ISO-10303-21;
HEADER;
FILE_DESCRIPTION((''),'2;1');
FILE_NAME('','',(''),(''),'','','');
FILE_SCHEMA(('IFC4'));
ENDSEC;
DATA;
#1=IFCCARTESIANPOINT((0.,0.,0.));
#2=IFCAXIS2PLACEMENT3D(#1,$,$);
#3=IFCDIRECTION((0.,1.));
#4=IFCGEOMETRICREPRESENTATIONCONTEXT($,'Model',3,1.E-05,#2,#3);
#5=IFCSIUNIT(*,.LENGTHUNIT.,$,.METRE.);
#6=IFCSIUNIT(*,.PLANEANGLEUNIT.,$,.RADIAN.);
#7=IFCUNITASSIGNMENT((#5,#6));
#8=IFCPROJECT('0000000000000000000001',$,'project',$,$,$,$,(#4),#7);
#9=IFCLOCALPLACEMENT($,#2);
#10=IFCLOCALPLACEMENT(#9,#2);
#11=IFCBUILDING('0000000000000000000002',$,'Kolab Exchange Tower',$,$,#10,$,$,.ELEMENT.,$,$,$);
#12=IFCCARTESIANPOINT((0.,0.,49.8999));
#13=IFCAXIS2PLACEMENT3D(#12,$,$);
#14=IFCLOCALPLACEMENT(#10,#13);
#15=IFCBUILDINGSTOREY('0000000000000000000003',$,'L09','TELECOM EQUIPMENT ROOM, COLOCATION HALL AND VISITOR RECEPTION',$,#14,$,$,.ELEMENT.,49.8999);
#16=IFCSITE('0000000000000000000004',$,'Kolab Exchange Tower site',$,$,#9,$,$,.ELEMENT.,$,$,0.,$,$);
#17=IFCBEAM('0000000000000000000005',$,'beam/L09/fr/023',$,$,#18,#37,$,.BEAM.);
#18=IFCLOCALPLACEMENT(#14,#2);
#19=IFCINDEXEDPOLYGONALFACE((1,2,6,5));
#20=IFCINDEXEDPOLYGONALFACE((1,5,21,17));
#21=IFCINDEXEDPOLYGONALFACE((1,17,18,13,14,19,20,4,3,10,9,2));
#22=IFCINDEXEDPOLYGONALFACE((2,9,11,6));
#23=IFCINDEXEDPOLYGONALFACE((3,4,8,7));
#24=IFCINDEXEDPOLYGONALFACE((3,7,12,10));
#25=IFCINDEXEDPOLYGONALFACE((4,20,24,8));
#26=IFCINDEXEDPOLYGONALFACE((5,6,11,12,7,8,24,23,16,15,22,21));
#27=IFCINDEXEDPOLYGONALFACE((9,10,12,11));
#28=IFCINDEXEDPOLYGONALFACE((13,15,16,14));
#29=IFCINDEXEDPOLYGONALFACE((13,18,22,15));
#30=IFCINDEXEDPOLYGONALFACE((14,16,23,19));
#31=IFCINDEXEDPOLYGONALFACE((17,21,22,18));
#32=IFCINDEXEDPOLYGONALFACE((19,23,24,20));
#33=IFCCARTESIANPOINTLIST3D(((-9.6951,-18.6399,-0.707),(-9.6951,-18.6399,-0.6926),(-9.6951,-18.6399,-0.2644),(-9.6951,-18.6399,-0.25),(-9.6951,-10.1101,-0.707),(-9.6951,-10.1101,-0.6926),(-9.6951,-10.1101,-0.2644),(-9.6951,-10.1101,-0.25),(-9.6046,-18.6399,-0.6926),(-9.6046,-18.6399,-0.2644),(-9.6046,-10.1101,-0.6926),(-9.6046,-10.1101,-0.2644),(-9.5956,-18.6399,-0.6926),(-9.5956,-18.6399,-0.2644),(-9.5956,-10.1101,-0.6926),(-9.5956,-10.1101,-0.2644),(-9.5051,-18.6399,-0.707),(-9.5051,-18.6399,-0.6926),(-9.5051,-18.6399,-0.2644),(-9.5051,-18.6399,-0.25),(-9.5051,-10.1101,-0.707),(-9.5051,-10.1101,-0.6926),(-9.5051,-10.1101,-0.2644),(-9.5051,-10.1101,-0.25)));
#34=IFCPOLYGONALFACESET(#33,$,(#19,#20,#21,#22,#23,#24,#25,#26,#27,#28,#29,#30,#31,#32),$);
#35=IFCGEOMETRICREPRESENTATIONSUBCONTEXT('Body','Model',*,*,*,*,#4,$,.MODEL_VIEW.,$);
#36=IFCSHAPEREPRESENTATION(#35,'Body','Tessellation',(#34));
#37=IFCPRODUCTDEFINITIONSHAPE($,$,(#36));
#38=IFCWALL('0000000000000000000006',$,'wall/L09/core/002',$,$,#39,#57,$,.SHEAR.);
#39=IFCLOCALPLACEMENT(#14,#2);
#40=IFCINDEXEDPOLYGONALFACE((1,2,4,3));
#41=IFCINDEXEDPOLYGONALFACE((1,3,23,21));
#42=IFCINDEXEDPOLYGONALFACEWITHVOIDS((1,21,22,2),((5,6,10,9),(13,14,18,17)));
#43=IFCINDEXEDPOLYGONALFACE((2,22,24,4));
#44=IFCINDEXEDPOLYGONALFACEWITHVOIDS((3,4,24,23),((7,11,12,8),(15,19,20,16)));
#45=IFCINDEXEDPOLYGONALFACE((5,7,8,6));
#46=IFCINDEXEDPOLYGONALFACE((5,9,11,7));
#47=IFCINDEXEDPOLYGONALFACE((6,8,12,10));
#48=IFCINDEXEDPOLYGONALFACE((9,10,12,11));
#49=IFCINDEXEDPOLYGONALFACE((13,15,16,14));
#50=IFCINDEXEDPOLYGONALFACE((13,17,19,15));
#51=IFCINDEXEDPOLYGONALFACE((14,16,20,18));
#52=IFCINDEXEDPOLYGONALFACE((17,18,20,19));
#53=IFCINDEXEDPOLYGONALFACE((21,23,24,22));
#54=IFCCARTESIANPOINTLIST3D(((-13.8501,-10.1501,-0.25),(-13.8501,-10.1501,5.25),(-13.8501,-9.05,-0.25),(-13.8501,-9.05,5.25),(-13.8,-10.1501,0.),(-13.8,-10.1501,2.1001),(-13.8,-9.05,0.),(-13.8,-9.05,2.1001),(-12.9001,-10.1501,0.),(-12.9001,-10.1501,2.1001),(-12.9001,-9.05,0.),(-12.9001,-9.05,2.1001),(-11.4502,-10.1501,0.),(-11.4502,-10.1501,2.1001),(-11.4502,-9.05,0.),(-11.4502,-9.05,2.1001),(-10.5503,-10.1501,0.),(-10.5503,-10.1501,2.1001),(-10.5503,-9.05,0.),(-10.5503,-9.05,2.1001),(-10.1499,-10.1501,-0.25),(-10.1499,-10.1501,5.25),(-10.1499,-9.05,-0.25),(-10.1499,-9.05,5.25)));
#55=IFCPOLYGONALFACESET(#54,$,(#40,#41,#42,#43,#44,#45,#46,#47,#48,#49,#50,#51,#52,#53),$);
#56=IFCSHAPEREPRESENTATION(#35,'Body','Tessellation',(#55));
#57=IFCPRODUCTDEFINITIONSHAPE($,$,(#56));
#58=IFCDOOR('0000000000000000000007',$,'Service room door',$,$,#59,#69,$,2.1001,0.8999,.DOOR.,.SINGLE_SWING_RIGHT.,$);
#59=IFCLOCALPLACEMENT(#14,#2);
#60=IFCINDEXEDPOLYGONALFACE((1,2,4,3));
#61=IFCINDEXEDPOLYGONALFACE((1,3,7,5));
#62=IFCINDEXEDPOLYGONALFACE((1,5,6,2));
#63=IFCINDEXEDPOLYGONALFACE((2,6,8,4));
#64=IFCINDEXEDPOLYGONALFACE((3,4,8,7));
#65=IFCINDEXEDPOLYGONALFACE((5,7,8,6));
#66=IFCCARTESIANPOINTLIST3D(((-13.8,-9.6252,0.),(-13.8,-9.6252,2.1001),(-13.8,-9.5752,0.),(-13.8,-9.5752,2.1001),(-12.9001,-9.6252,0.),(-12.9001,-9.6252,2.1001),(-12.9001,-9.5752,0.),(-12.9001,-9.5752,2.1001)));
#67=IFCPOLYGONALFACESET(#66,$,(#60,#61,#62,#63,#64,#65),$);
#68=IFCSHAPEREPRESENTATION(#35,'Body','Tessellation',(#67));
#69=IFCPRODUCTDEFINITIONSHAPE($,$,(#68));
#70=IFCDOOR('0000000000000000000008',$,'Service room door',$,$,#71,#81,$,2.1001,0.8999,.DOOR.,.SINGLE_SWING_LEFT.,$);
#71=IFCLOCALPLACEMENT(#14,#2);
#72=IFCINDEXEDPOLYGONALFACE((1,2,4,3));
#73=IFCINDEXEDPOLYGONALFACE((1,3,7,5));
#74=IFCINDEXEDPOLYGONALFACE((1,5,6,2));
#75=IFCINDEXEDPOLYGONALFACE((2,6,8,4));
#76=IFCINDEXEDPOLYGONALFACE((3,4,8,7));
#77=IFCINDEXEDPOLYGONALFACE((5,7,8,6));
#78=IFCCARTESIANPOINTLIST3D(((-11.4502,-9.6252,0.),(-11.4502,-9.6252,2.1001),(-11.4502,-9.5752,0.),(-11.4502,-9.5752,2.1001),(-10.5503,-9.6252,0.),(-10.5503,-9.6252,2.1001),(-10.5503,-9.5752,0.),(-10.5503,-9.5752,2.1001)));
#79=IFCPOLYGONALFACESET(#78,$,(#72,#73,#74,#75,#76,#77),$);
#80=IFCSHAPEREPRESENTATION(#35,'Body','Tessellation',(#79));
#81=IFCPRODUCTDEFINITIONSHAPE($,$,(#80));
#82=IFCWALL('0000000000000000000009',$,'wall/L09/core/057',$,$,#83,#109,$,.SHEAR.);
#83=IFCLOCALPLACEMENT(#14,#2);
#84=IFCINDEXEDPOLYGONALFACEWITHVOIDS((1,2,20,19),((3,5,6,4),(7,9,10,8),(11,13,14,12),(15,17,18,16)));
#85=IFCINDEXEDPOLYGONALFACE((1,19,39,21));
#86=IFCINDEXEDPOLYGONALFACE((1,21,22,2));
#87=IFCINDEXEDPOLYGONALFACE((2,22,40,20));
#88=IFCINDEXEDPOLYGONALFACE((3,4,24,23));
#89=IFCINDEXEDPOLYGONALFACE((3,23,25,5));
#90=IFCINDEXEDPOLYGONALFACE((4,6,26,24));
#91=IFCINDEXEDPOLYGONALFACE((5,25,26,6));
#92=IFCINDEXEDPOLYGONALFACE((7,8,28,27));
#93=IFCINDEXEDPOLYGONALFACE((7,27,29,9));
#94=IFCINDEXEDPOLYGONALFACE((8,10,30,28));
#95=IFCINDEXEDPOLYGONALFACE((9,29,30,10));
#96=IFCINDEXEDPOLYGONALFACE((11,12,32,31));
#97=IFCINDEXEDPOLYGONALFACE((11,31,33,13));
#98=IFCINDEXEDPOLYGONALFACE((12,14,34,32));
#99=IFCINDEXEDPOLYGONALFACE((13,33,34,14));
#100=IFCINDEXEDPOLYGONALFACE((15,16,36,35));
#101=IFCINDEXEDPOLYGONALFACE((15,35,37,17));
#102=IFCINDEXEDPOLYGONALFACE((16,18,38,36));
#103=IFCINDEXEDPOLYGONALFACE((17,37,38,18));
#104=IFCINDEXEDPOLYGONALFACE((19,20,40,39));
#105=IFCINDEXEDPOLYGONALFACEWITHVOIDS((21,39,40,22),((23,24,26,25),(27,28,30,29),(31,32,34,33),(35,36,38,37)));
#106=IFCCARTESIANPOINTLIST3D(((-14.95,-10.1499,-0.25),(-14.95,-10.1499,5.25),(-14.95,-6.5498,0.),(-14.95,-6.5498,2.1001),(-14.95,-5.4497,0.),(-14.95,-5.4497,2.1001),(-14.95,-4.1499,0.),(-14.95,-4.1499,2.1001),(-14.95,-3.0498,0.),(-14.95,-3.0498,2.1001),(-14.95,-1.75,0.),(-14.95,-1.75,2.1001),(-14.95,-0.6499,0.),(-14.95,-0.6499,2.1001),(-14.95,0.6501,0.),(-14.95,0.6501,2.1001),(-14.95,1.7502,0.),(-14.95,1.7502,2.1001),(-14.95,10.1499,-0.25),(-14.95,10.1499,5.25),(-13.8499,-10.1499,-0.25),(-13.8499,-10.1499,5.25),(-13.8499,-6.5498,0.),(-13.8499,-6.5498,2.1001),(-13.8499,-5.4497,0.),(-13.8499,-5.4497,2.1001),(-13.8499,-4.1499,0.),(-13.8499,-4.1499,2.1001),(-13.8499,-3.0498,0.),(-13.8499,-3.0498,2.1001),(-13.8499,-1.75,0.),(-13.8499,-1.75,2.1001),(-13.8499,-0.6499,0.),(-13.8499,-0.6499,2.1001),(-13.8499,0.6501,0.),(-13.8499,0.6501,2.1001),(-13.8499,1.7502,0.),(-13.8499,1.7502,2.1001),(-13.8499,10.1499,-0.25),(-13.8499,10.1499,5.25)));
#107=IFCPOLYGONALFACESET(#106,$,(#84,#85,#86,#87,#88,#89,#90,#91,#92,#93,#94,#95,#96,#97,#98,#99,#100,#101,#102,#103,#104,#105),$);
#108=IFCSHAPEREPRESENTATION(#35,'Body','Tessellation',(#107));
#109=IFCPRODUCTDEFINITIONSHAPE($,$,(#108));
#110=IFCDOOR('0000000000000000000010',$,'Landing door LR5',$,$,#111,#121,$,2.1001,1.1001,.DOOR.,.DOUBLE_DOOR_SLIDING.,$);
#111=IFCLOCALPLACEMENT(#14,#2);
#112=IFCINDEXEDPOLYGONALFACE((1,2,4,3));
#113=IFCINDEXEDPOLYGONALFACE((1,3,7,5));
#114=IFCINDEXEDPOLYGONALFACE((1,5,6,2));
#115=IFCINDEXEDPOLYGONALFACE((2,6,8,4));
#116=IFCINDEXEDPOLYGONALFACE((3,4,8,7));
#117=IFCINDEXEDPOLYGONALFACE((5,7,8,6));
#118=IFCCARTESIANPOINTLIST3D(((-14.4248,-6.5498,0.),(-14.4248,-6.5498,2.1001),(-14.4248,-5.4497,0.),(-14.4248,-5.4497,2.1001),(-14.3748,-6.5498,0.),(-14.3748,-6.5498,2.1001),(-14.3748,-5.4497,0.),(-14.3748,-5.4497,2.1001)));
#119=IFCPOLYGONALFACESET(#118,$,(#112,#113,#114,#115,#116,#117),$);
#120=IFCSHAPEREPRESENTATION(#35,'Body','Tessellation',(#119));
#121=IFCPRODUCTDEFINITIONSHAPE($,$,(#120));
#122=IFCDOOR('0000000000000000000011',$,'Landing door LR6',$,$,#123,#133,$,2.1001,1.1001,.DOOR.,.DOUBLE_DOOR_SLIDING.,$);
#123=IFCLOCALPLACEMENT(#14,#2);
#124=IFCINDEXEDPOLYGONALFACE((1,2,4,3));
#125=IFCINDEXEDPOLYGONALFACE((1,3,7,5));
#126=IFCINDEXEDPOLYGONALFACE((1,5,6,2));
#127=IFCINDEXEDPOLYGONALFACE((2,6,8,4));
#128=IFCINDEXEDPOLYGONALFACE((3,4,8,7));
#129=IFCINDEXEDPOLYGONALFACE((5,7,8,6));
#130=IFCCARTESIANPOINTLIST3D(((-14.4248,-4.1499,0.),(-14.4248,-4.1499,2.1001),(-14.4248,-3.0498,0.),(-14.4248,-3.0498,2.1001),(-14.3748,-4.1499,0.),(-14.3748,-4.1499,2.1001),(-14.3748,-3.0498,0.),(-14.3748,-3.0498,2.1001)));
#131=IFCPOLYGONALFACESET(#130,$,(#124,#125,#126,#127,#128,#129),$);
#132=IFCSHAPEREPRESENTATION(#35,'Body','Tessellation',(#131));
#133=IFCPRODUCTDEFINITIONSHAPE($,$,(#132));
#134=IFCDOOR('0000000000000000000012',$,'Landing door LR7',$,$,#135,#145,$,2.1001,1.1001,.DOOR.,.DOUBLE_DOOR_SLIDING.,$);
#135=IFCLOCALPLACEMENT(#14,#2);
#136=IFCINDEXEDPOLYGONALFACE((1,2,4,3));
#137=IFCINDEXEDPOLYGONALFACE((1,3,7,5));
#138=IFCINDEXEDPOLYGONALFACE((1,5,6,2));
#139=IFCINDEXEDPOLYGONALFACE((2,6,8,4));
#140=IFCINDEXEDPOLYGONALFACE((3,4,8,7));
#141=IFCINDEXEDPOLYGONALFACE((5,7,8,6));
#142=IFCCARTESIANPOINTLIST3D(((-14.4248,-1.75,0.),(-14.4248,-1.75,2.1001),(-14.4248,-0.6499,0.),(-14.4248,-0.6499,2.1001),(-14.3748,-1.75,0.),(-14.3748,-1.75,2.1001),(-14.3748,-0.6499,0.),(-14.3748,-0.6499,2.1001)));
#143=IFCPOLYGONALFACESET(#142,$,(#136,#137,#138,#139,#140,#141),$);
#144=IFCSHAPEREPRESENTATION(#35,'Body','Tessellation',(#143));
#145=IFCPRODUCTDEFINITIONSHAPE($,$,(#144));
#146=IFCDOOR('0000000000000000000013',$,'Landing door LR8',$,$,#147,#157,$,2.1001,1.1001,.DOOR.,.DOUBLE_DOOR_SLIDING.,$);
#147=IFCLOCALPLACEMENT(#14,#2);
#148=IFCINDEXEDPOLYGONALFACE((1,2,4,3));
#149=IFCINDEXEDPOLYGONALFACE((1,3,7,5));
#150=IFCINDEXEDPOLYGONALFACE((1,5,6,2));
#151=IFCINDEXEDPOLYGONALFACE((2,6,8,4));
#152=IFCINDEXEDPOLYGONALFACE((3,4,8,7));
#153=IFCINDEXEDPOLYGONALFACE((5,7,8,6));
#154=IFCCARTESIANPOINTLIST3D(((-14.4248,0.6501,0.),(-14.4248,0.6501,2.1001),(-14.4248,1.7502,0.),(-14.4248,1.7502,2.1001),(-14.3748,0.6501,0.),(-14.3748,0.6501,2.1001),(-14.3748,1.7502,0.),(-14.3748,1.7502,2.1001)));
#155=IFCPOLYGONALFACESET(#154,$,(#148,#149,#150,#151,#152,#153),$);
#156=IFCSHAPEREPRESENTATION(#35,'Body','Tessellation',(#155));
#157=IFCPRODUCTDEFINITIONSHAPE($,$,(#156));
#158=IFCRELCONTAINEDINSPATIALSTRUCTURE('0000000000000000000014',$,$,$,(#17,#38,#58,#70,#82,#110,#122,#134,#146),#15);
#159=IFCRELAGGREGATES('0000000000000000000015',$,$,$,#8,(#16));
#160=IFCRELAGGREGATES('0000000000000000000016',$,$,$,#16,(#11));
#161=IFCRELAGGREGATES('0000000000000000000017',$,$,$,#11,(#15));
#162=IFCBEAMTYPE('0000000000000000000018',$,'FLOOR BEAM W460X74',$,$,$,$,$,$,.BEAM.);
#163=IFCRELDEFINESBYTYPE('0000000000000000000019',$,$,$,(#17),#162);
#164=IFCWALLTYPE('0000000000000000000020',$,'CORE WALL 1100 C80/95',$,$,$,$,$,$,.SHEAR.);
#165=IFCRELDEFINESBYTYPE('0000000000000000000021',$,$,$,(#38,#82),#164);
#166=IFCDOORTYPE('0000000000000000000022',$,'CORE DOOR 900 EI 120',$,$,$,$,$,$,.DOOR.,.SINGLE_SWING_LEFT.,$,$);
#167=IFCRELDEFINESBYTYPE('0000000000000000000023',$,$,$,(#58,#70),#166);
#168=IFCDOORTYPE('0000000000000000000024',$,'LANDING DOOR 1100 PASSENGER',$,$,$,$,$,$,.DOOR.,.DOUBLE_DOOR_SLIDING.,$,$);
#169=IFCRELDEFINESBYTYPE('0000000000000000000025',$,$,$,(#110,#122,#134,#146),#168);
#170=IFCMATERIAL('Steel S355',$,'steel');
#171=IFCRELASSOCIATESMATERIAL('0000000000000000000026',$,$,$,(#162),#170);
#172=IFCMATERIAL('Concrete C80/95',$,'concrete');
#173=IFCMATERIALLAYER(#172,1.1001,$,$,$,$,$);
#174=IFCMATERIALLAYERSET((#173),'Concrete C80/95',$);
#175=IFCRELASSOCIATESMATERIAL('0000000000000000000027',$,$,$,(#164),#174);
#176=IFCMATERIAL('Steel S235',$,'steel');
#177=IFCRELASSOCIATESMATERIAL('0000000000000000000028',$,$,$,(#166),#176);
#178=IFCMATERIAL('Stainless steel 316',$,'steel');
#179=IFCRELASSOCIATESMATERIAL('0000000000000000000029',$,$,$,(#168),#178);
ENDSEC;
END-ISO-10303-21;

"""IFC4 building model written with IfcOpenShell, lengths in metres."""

from ifc_helpers import new_model, si_unit, direction, frame, frame_2d, origin, origin_2d, place, context, subcontext, project, spatial, rectangle, i_section, extrude, material, layer, layer_set, material_profile, profile_set, type_object, element, fill, save


model = new_model("IFC4")

# Units and contexts
model_context = context("Model", 3, precision=1e-05, world=origin(), true_north=direction((0.0, 1.0)))
body_context = subcontext(model_context, "Body", "Model", "MODEL_VIEW")
ifc_project = project(units=[si_unit("LENGTHUNIT", "METRE"), si_unit("PLANEANGLEUNIT", "RADIAN")], contexts=[model_context])

# Site, building, storey
site_placement = place(None, origin())
site = spatial("IfcSite", under=ifc_project, at=site_placement, Name="Kolab Exchange Tower site", CompositionType="ELEMENT", RefElevation=0.0)
building_placement = place(site_placement, origin())
building = spatial("IfcBuilding", under=site, at=building_placement, Name="Kolab Exchange Tower", CompositionType="ELEMENT")
storey_placement = place(building_placement, frame((0.0, 0.0, 49.8999)))
storey = spatial("IfcBuildingStorey", under=building, at=storey_placement, Name="L09", Description="TELECOM EQUIPMENT ROOM, COLOCATION HALL AND VISITOR RECEPTION", CompositionType="ELEMENT", Elevation=49.8999)

# Beam
ifc_material_1 = material(Name="Steel S355", Category="steel")
ifc_material_profile = material_profile(ifc_material_1, i_section(OverallWidth=0.1899, OverallDepth=0.457, WebThickness=0.009, FlangeThickness=0.0144, at=origin_2d()), Name="W460X74")
ifc_profile_set = profile_set([ifc_material_profile], Name="Steel S355")
beam_type = type_object("IfcBeamType", Name="FLOOR BEAM W460X74", PredefinedType="BEAM", material=ifc_profile_set)
beam_placement = place(storey_placement, frame((-9.6001, -18.6399, -0.4785), z_axis=(0.0, 1.0, 0.0), x_axis=(-1.0, 0.0, 0.0)))
element("IfcBeam", 1, at=beam_placement, inside=storey, type_object=beam_type, Name="beam/L09/fr/023", PredefinedType="BEAM", context=body_context, shape_type="SweptSolid", body=[
    extrude(i_section(OverallWidth=0.1899, OverallDepth=0.457, WebThickness=0.009, FlangeThickness=0.0144, at=origin_2d()), origin(), (0.0, 0.0, 1.0), 8.5298),
])

# Walls, openings, doors
ifc_material_2 = material(Name="Concrete C80/95", Category="concrete")
ifc_layer_1 = layer(ifc_material_2, 1.1001)
ifc_layer_set_1 = layer_set([ifc_layer_1], Name="Concrete C80/95")
wall_type_1 = type_object("IfcWallType", Name="CORE WALL 1100 C80/95", PredefinedType="SHEAR", material=ifc_layer_set_1)
wall_1_placement = place(storey_placement, frame((-13.8501, -9.6001, -0.25), z_axis=(0.0, 0.0, 1.0), x_axis=(1.0, 0.0, 0.0)))
wall_1 = element("IfcWall", 2, at=wall_1_placement, inside=storey, type_object=wall_type_1, Name="wall/L09/core/002", PredefinedType="SHEAR", context=body_context, shape_type="SweptSolid", body=[
    extrude(rectangle(XDim=3.7002, YDim=1.1001, at=frame_2d((1.8501, 0.0))), origin(), (0.0, 0.0, 1.0), 5.5),
])
opening_1_placement = place(wall_1_placement, frame((0.05, 0.0, 0.25)))
opening_1 = element("IfcOpeningElement", 3, at=opening_1_placement, cuts=wall_1, PredefinedType="OPENING", context=body_context, shape_type="SweptSolid", body=[
    extrude(rectangle(XDim=0.8999, YDim=2.1001, at=frame_2d((0.45, 1.05))), frame((0.0, 0.5601, 0.0), z_axis=(0.0, -1.0, 0.0), x_axis=(1.0, 0.0, 0.0)), (0.0, 0.0, 1.0), 1.1201),
])
opening_2_placement = place(wall_1_placement, frame((2.3999, 0.0, 0.25)))
opening_2 = element("IfcOpeningElement", 4, at=opening_2_placement, cuts=wall_1, PredefinedType="OPENING", context=body_context, shape_type="SweptSolid", body=[
    extrude(rectangle(XDim=0.8999, YDim=2.1001, at=frame_2d((0.45, 1.05))), frame((0.0, 0.5601, 0.0), z_axis=(0.0, -1.0, 0.0), x_axis=(1.0, 0.0, 0.0)), (0.0, 0.0, 1.0), 1.1201),
])
ifc_material_3 = material(Name="Steel S235", Category="steel")
door_type_1 = type_object("IfcDoorType", Name="CORE DOOR 900 EI 120", OperationType="SINGLE_SWING_LEFT", PredefinedType="DOOR", material=ifc_material_3)
door_1_placement = place(opening_1_placement, origin())
door_1 = element("IfcDoor", 5, at=door_1_placement, inside=storey, type_object=door_type_1, Name="Service room door", OperationType="SINGLE_SWING_RIGHT", OverallHeight=2.1001, OverallWidth=0.8999, PredefinedType="DOOR", context=body_context, shape_type="SweptSolid", body=[
    extrude(rectangle(XDim=0.8999, YDim=2.1001, at=frame_2d((0.45, 1.05))), frame((0.0, 0.0249, 0.0), z_axis=(0.0, -1.0, 0.0), x_axis=(1.0, 0.0, 0.0)), (0.0, 0.0, 1.0), 0.05),
])
fill(opening_1, door_1)
door_2_placement = place(opening_2_placement, origin())
door_2 = element("IfcDoor", 6, at=door_2_placement, inside=storey, type_object=door_type_1, Name="Service room door", OperationType="SINGLE_SWING_LEFT", OverallHeight=2.1001, OverallWidth=0.8999, PredefinedType="DOOR", context=body_context, shape_type="SweptSolid", body=[
    extrude(rectangle(XDim=0.8999, YDim=2.1001, at=frame_2d((0.45, 1.05))), frame((0.0, 0.0249, 0.0), z_axis=(0.0, -1.0, 0.0), x_axis=(1.0, 0.0, 0.0)), (0.0, 0.0, 1.0), 0.05),
])
fill(opening_2, door_2)
wall_2_placement = place(storey_placement, frame((-14.3999, -10.1499, -0.25), z_axis=(0.0, 0.0, 1.0), x_axis=(0.0, 1.0, 0.0)))
wall_2 = element("IfcWall", 7, at=wall_2_placement, inside=storey, type_object=wall_type_1, Name="wall/L09/core/057", PredefinedType="SHEAR", context=body_context, shape_type="SweptSolid", body=[
    extrude(rectangle(XDim=20.2998, YDim=1.1001, at=frame_2d((10.1499, 0.0))), origin(), (0.0, 0.0, 1.0), 5.5),
])
opening_3_placement = place(wall_2_placement, frame((3.6001, 0.0, 0.25)))
opening_3 = element("IfcOpeningElement", 8, at=opening_3_placement, cuts=wall_2, PredefinedType="OPENING", context=body_context, shape_type="SweptSolid", body=[
    extrude(rectangle(XDim=1.1001, YDim=2.1001, at=frame_2d((0.55, 1.05))), frame((0.0, 0.5601, 0.0), z_axis=(0.0, -1.0, 0.0), x_axis=(1.0, 0.0, 0.0)), (0.0, 0.0, 1.0), 1.1201),
])
opening_4_placement = place(wall_2_placement, frame((6.0, 0.0, 0.25)))
opening_4 = element("IfcOpeningElement", 9, at=opening_4_placement, cuts=wall_2, PredefinedType="OPENING", context=body_context, shape_type="SweptSolid", body=[
    extrude(rectangle(XDim=1.1001, YDim=2.1001, at=frame_2d((0.55, 1.05))), frame((0.0, 0.5601, 0.0), z_axis=(0.0, -1.0, 0.0), x_axis=(1.0, 0.0, 0.0)), (0.0, 0.0, 1.0), 1.1201),
])
opening_5_placement = place(wall_2_placement, frame((8.3999, 0.0, 0.25)))
opening_5 = element("IfcOpeningElement", 10, at=opening_5_placement, cuts=wall_2, PredefinedType="OPENING", context=body_context, shape_type="SweptSolid", body=[
    extrude(rectangle(XDim=1.1001, YDim=2.1001, at=frame_2d((0.55, 1.05))), frame((0.0, 0.5601, 0.0), z_axis=(0.0, -1.0, 0.0), x_axis=(1.0, 0.0, 0.0)), (0.0, 0.0, 1.0), 1.1201),
])
opening_6_placement = place(wall_2_placement, frame((10.8, 0.0, 0.25)))
opening_6 = element("IfcOpeningElement", 11, at=opening_6_placement, cuts=wall_2, PredefinedType="OPENING", context=body_context, shape_type="SweptSolid", body=[
    extrude(rectangle(XDim=1.1001, YDim=2.1001, at=frame_2d((0.55, 1.05))), frame((0.0, 0.5601, 0.0), z_axis=(0.0, -1.0, 0.0), x_axis=(1.0, 0.0, 0.0)), (0.0, 0.0, 1.0), 1.1201),
])
ifc_material_4 = material(Name="Stainless steel 316", Category="steel")
door_type_2 = type_object("IfcDoorType", Name="LANDING DOOR 1100 PASSENGER", OperationType="DOUBLE_DOOR_SLIDING", PredefinedType="DOOR", material=ifc_material_4)
door_3_placement = place(opening_3_placement, origin())
door_3 = element("IfcDoor", 12, at=door_3_placement, inside=storey, type_object=door_type_2, Name="Landing door LR5", OperationType="DOUBLE_DOOR_SLIDING", OverallHeight=2.1001, OverallWidth=1.1001, PredefinedType="DOOR", context=body_context, shape_type="SweptSolid", body=[
    extrude(rectangle(XDim=1.1001, YDim=2.1001, at=frame_2d((0.55, 1.05))), frame((0.0, 0.0249, 0.0), z_axis=(0.0, -1.0, 0.0), x_axis=(1.0, 0.0, 0.0)), (0.0, 0.0, 1.0), 0.05),
])
fill(opening_3, door_3)
door_4_placement = place(opening_4_placement, origin())
door_4 = element("IfcDoor", 13, at=door_4_placement, inside=storey, type_object=door_type_2, Name="Landing door LR6", OperationType="DOUBLE_DOOR_SLIDING", OverallHeight=2.1001, OverallWidth=1.1001, PredefinedType="DOOR", context=body_context, shape_type="SweptSolid", body=[
    extrude(rectangle(XDim=1.1001, YDim=2.1001, at=frame_2d((0.55, 1.05))), frame((0.0, 0.0249, 0.0), z_axis=(0.0, -1.0, 0.0), x_axis=(1.0, 0.0, 0.0)), (0.0, 0.0, 1.0), 0.05),
])
fill(opening_4, door_4)
door_5_placement = place(opening_5_placement, origin())
door_5 = element("IfcDoor", 14, at=door_5_placement, inside=storey, type_object=door_type_2, Name="Landing door LR7", OperationType="DOUBLE_DOOR_SLIDING", OverallHeight=2.1001, OverallWidth=1.1001, PredefinedType="DOOR", context=body_context, shape_type="SweptSolid", body=[
    extrude(rectangle(XDim=1.1001, YDim=2.1001, at=frame_2d((0.55, 1.05))), frame((0.0, 0.0249, 0.0), z_axis=(0.0, -1.0, 0.0), x_axis=(1.0, 0.0, 0.0)), (0.0, 0.0, 1.0), 0.05),
])
fill(opening_5, door_5)
door_6_placement = place(opening_6_placement, origin())
door_6 = element("IfcDoor", 15, at=door_6_placement, inside=storey, type_object=door_type_2, Name="Landing door LR8", OperationType="DOUBLE_DOOR_SLIDING", OverallHeight=2.1001, OverallWidth=1.1001, PredefinedType="DOOR", context=body_context, shape_type="SweptSolid", body=[
    extrude(rectangle(XDim=1.1001, YDim=2.1001, at=frame_2d((0.55, 1.05))), frame((0.0, 0.0249, 0.0), z_axis=(0.0, -1.0, 0.0), x_axis=(1.0, 0.0, 0.0)), (0.0, 0.0, 1.0), 0.05),
])
fill(opening_6, door_6)

save(model, "model.ifc")
